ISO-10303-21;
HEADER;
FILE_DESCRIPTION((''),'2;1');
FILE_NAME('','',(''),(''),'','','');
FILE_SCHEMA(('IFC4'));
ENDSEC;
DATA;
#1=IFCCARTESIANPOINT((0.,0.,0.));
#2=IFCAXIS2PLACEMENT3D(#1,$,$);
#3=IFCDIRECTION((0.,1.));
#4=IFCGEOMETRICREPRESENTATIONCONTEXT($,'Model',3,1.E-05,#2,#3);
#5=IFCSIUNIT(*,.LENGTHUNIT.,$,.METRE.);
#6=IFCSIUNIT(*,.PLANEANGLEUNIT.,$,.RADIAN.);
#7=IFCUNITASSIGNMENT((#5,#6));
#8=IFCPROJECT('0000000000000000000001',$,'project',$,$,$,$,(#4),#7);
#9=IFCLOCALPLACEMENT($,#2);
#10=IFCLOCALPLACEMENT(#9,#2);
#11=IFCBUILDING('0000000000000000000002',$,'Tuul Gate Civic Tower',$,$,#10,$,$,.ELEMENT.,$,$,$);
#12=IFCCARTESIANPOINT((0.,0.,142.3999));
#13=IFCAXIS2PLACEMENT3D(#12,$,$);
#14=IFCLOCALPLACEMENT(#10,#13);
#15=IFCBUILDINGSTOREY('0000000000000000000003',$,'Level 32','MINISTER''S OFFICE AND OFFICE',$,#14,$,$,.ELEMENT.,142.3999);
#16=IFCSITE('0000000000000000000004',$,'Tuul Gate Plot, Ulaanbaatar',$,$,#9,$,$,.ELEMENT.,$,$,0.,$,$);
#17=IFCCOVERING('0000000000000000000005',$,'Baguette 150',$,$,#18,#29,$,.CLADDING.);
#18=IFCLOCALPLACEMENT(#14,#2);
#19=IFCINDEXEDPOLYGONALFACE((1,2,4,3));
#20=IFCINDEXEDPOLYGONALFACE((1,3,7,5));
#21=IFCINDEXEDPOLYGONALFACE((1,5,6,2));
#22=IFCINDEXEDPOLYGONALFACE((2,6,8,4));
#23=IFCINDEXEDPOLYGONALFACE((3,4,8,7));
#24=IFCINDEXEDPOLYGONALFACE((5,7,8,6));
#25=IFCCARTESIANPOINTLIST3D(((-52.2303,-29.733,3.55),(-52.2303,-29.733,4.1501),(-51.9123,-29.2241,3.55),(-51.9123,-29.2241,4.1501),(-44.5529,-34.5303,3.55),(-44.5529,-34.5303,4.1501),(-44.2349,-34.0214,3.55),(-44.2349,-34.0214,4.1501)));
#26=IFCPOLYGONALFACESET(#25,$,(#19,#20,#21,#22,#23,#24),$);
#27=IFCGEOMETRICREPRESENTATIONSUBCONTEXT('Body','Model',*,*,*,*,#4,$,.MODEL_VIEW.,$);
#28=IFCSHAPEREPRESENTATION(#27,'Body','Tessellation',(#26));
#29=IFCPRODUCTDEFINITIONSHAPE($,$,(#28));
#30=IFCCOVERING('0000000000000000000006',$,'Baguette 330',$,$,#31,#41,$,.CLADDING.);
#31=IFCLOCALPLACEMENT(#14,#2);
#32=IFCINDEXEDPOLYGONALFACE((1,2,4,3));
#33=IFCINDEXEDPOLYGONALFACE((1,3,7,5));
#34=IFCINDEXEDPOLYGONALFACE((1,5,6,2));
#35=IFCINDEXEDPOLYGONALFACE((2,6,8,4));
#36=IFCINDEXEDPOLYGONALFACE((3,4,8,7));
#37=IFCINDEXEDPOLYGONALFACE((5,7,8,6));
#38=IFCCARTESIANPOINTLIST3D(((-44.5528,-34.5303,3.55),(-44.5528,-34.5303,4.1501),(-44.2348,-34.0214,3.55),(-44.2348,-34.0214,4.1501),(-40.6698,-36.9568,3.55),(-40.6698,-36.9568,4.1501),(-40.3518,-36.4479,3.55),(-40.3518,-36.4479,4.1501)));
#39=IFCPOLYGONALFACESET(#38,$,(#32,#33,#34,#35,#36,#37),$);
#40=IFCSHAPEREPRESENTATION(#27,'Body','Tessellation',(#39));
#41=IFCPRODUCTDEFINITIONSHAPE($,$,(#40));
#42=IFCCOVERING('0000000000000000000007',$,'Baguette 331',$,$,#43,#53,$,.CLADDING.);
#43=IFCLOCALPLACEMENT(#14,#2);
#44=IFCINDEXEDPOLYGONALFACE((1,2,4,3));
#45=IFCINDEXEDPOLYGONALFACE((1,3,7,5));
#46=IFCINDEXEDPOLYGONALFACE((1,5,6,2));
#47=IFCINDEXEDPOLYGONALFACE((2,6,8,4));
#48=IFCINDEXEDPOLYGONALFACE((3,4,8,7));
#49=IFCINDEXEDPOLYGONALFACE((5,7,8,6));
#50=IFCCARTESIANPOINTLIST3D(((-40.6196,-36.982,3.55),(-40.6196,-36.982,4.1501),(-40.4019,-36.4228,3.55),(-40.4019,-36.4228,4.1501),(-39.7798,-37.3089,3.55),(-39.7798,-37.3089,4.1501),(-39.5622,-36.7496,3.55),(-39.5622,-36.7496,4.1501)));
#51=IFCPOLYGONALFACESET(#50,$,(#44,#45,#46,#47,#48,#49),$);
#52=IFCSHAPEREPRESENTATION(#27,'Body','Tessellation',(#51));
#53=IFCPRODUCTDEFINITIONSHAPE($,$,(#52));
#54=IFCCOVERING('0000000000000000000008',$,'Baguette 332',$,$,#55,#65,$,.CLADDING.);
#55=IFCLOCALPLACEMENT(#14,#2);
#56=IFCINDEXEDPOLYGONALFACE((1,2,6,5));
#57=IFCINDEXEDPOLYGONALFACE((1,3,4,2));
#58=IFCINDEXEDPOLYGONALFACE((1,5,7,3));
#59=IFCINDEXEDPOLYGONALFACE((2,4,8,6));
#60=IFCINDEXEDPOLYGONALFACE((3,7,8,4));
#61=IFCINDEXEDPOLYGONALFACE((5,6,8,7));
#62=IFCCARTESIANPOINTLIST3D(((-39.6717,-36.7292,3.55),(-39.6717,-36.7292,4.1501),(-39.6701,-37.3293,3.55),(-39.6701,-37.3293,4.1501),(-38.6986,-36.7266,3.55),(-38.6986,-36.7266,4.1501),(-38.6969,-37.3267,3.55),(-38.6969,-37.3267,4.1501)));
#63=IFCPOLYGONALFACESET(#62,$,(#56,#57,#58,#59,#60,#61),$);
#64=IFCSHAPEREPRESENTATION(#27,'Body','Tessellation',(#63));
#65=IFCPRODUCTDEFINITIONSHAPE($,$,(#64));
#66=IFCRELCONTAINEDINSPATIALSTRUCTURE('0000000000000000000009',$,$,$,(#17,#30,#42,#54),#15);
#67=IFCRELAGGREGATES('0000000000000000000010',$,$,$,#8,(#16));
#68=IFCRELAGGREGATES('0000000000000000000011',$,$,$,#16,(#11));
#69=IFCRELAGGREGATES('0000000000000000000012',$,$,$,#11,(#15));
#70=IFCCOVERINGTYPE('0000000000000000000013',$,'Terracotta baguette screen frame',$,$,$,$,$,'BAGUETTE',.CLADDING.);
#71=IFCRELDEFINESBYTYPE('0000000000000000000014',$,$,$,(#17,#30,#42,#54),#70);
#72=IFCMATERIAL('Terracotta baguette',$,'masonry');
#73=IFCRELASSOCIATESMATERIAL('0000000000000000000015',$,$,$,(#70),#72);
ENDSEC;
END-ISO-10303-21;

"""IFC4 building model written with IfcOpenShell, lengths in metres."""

from ifc_helpers import new_model, si_unit, direction, frame, origin, origin_2d, place, context, subcontext, project, spatial, rectangle, extrude, material, material_profile, profile_set, type_object, element, save


model = new_model("IFC4")

# Units and contexts
model_context = context("Model", 3, precision=1e-05, world=origin(), true_north=direction((0.0, 1.0)))
body_context = subcontext(model_context, "Body", "Model", "MODEL_VIEW")
ifc_project = project(units=[si_unit("LENGTHUNIT", "METRE"), si_unit("PLANEANGLEUNIT", "RADIAN")], contexts=[model_context])

# Site, building, storey
site_placement = place(None, origin())
site = spatial("IfcSite", under=ifc_project, at=site_placement, Name="Tuul Gate Plot, Ulaanbaatar", CompositionType="ELEMENT", RefElevation=0.0)
building_placement = place(site_placement, origin())
building = spatial("IfcBuilding", under=site, at=building_placement, Name="Tuul Gate Civic Tower", CompositionType="ELEMENT")
storey_placement = place(building_placement, frame((0.0, 0.0, 142.3999)))
storey = spatial("IfcBuildingStorey", under=building, at=storey_placement, Name="Level 32", Description="MINISTER'S OFFICE AND OFFICE", CompositionType="ELEMENT", Elevation=142.3999)

# Coverings
ifc_material_1 = material(Name="Terracotta baguette", Category="masonry")
ifc_material_profile_1 = material_profile(ifc_material_1, rectangle(XDim=0.6001, YDim=0.6001, at=origin_2d()), Name="Terracotta baguette screen frame")
ifc_profile_set_1 = profile_set([ifc_material_profile_1], Name="Terracotta baguette")
covering_type = type_object("IfcCoveringType", Name="Terracotta baguette screen frame", ElementType="BAGUETTE", PredefinedType="CLADDING", material=ifc_profile_set_1)
covering_1_placement = place(storey_placement, frame((-52.0713, -29.4785, 3.8501), z_axis=(0.848051, -0.529914, 0.0), x_axis=(0.529914, 0.848051, 0.0)))
element("IfcCovering", 1, at=covering_1_placement, inside=storey, type_object=covering_type, Name="Baguette 150", PredefinedType="CLADDING", context=body_context, shape_type="SweptSolid", body=[
    extrude(rectangle(XDim=0.6001, YDim=0.6001, at=origin_2d()), origin(), (0.0, 0.0, 1.0), 9.053),
])
covering_2_placement = place(storey_placement, frame((-44.3938, -34.2759, 3.8501), z_axis=(0.848037, -0.529937, 0.0), x_axis=(0.529937, 0.848037, 0.0)))
element("IfcCovering", 2, at=covering_2_placement, inside=storey, type_object=covering_type, Name="Baguette 330", PredefinedType="CLADDING", context=body_context, shape_type="SweptSolid", body=[
    extrude(rectangle(XDim=0.6001, YDim=0.6001, at=origin_2d()), origin(), (0.0, 0.0, 1.0), 4.5789),
])
covering_3_placement = place(storey_placement, frame((-40.5107, -36.7024, 3.8501), z_axis=(0.931893, -0.362734, 0.0), x_axis=(0.362734, 0.931893, 0.0)))
element("IfcCovering", 3, at=covering_3_placement, inside=storey, type_object=covering_type, Name="Baguette 331", PredefinedType="CLADDING", context=body_context, shape_type="SweptSolid", body=[
    extrude(rectangle(XDim=0.6001, YDim=0.6001, at=origin_2d()), origin(), (0.0, 0.0, 1.0), 0.9011),
])
covering_4_placement = place(storey_placement, frame((-39.6709, -37.0293, 3.8501), z_axis=(0.999996, 0.00276, 0.0), x_axis=(-0.00276, 0.999996, 0.0)))
element("IfcCovering", 4, at=covering_4_placement, inside=storey, type_object=covering_type, Name="Baguette 332", PredefinedType="CLADDING", context=body_context, shape_type="SweptSolid", body=[
    extrude(rectangle(XDim=0.6001, YDim=0.6001, at=origin_2d()), origin(), (0.0, 0.0, 1.0), 0.9731),
])

save(model, "model.ifc")
